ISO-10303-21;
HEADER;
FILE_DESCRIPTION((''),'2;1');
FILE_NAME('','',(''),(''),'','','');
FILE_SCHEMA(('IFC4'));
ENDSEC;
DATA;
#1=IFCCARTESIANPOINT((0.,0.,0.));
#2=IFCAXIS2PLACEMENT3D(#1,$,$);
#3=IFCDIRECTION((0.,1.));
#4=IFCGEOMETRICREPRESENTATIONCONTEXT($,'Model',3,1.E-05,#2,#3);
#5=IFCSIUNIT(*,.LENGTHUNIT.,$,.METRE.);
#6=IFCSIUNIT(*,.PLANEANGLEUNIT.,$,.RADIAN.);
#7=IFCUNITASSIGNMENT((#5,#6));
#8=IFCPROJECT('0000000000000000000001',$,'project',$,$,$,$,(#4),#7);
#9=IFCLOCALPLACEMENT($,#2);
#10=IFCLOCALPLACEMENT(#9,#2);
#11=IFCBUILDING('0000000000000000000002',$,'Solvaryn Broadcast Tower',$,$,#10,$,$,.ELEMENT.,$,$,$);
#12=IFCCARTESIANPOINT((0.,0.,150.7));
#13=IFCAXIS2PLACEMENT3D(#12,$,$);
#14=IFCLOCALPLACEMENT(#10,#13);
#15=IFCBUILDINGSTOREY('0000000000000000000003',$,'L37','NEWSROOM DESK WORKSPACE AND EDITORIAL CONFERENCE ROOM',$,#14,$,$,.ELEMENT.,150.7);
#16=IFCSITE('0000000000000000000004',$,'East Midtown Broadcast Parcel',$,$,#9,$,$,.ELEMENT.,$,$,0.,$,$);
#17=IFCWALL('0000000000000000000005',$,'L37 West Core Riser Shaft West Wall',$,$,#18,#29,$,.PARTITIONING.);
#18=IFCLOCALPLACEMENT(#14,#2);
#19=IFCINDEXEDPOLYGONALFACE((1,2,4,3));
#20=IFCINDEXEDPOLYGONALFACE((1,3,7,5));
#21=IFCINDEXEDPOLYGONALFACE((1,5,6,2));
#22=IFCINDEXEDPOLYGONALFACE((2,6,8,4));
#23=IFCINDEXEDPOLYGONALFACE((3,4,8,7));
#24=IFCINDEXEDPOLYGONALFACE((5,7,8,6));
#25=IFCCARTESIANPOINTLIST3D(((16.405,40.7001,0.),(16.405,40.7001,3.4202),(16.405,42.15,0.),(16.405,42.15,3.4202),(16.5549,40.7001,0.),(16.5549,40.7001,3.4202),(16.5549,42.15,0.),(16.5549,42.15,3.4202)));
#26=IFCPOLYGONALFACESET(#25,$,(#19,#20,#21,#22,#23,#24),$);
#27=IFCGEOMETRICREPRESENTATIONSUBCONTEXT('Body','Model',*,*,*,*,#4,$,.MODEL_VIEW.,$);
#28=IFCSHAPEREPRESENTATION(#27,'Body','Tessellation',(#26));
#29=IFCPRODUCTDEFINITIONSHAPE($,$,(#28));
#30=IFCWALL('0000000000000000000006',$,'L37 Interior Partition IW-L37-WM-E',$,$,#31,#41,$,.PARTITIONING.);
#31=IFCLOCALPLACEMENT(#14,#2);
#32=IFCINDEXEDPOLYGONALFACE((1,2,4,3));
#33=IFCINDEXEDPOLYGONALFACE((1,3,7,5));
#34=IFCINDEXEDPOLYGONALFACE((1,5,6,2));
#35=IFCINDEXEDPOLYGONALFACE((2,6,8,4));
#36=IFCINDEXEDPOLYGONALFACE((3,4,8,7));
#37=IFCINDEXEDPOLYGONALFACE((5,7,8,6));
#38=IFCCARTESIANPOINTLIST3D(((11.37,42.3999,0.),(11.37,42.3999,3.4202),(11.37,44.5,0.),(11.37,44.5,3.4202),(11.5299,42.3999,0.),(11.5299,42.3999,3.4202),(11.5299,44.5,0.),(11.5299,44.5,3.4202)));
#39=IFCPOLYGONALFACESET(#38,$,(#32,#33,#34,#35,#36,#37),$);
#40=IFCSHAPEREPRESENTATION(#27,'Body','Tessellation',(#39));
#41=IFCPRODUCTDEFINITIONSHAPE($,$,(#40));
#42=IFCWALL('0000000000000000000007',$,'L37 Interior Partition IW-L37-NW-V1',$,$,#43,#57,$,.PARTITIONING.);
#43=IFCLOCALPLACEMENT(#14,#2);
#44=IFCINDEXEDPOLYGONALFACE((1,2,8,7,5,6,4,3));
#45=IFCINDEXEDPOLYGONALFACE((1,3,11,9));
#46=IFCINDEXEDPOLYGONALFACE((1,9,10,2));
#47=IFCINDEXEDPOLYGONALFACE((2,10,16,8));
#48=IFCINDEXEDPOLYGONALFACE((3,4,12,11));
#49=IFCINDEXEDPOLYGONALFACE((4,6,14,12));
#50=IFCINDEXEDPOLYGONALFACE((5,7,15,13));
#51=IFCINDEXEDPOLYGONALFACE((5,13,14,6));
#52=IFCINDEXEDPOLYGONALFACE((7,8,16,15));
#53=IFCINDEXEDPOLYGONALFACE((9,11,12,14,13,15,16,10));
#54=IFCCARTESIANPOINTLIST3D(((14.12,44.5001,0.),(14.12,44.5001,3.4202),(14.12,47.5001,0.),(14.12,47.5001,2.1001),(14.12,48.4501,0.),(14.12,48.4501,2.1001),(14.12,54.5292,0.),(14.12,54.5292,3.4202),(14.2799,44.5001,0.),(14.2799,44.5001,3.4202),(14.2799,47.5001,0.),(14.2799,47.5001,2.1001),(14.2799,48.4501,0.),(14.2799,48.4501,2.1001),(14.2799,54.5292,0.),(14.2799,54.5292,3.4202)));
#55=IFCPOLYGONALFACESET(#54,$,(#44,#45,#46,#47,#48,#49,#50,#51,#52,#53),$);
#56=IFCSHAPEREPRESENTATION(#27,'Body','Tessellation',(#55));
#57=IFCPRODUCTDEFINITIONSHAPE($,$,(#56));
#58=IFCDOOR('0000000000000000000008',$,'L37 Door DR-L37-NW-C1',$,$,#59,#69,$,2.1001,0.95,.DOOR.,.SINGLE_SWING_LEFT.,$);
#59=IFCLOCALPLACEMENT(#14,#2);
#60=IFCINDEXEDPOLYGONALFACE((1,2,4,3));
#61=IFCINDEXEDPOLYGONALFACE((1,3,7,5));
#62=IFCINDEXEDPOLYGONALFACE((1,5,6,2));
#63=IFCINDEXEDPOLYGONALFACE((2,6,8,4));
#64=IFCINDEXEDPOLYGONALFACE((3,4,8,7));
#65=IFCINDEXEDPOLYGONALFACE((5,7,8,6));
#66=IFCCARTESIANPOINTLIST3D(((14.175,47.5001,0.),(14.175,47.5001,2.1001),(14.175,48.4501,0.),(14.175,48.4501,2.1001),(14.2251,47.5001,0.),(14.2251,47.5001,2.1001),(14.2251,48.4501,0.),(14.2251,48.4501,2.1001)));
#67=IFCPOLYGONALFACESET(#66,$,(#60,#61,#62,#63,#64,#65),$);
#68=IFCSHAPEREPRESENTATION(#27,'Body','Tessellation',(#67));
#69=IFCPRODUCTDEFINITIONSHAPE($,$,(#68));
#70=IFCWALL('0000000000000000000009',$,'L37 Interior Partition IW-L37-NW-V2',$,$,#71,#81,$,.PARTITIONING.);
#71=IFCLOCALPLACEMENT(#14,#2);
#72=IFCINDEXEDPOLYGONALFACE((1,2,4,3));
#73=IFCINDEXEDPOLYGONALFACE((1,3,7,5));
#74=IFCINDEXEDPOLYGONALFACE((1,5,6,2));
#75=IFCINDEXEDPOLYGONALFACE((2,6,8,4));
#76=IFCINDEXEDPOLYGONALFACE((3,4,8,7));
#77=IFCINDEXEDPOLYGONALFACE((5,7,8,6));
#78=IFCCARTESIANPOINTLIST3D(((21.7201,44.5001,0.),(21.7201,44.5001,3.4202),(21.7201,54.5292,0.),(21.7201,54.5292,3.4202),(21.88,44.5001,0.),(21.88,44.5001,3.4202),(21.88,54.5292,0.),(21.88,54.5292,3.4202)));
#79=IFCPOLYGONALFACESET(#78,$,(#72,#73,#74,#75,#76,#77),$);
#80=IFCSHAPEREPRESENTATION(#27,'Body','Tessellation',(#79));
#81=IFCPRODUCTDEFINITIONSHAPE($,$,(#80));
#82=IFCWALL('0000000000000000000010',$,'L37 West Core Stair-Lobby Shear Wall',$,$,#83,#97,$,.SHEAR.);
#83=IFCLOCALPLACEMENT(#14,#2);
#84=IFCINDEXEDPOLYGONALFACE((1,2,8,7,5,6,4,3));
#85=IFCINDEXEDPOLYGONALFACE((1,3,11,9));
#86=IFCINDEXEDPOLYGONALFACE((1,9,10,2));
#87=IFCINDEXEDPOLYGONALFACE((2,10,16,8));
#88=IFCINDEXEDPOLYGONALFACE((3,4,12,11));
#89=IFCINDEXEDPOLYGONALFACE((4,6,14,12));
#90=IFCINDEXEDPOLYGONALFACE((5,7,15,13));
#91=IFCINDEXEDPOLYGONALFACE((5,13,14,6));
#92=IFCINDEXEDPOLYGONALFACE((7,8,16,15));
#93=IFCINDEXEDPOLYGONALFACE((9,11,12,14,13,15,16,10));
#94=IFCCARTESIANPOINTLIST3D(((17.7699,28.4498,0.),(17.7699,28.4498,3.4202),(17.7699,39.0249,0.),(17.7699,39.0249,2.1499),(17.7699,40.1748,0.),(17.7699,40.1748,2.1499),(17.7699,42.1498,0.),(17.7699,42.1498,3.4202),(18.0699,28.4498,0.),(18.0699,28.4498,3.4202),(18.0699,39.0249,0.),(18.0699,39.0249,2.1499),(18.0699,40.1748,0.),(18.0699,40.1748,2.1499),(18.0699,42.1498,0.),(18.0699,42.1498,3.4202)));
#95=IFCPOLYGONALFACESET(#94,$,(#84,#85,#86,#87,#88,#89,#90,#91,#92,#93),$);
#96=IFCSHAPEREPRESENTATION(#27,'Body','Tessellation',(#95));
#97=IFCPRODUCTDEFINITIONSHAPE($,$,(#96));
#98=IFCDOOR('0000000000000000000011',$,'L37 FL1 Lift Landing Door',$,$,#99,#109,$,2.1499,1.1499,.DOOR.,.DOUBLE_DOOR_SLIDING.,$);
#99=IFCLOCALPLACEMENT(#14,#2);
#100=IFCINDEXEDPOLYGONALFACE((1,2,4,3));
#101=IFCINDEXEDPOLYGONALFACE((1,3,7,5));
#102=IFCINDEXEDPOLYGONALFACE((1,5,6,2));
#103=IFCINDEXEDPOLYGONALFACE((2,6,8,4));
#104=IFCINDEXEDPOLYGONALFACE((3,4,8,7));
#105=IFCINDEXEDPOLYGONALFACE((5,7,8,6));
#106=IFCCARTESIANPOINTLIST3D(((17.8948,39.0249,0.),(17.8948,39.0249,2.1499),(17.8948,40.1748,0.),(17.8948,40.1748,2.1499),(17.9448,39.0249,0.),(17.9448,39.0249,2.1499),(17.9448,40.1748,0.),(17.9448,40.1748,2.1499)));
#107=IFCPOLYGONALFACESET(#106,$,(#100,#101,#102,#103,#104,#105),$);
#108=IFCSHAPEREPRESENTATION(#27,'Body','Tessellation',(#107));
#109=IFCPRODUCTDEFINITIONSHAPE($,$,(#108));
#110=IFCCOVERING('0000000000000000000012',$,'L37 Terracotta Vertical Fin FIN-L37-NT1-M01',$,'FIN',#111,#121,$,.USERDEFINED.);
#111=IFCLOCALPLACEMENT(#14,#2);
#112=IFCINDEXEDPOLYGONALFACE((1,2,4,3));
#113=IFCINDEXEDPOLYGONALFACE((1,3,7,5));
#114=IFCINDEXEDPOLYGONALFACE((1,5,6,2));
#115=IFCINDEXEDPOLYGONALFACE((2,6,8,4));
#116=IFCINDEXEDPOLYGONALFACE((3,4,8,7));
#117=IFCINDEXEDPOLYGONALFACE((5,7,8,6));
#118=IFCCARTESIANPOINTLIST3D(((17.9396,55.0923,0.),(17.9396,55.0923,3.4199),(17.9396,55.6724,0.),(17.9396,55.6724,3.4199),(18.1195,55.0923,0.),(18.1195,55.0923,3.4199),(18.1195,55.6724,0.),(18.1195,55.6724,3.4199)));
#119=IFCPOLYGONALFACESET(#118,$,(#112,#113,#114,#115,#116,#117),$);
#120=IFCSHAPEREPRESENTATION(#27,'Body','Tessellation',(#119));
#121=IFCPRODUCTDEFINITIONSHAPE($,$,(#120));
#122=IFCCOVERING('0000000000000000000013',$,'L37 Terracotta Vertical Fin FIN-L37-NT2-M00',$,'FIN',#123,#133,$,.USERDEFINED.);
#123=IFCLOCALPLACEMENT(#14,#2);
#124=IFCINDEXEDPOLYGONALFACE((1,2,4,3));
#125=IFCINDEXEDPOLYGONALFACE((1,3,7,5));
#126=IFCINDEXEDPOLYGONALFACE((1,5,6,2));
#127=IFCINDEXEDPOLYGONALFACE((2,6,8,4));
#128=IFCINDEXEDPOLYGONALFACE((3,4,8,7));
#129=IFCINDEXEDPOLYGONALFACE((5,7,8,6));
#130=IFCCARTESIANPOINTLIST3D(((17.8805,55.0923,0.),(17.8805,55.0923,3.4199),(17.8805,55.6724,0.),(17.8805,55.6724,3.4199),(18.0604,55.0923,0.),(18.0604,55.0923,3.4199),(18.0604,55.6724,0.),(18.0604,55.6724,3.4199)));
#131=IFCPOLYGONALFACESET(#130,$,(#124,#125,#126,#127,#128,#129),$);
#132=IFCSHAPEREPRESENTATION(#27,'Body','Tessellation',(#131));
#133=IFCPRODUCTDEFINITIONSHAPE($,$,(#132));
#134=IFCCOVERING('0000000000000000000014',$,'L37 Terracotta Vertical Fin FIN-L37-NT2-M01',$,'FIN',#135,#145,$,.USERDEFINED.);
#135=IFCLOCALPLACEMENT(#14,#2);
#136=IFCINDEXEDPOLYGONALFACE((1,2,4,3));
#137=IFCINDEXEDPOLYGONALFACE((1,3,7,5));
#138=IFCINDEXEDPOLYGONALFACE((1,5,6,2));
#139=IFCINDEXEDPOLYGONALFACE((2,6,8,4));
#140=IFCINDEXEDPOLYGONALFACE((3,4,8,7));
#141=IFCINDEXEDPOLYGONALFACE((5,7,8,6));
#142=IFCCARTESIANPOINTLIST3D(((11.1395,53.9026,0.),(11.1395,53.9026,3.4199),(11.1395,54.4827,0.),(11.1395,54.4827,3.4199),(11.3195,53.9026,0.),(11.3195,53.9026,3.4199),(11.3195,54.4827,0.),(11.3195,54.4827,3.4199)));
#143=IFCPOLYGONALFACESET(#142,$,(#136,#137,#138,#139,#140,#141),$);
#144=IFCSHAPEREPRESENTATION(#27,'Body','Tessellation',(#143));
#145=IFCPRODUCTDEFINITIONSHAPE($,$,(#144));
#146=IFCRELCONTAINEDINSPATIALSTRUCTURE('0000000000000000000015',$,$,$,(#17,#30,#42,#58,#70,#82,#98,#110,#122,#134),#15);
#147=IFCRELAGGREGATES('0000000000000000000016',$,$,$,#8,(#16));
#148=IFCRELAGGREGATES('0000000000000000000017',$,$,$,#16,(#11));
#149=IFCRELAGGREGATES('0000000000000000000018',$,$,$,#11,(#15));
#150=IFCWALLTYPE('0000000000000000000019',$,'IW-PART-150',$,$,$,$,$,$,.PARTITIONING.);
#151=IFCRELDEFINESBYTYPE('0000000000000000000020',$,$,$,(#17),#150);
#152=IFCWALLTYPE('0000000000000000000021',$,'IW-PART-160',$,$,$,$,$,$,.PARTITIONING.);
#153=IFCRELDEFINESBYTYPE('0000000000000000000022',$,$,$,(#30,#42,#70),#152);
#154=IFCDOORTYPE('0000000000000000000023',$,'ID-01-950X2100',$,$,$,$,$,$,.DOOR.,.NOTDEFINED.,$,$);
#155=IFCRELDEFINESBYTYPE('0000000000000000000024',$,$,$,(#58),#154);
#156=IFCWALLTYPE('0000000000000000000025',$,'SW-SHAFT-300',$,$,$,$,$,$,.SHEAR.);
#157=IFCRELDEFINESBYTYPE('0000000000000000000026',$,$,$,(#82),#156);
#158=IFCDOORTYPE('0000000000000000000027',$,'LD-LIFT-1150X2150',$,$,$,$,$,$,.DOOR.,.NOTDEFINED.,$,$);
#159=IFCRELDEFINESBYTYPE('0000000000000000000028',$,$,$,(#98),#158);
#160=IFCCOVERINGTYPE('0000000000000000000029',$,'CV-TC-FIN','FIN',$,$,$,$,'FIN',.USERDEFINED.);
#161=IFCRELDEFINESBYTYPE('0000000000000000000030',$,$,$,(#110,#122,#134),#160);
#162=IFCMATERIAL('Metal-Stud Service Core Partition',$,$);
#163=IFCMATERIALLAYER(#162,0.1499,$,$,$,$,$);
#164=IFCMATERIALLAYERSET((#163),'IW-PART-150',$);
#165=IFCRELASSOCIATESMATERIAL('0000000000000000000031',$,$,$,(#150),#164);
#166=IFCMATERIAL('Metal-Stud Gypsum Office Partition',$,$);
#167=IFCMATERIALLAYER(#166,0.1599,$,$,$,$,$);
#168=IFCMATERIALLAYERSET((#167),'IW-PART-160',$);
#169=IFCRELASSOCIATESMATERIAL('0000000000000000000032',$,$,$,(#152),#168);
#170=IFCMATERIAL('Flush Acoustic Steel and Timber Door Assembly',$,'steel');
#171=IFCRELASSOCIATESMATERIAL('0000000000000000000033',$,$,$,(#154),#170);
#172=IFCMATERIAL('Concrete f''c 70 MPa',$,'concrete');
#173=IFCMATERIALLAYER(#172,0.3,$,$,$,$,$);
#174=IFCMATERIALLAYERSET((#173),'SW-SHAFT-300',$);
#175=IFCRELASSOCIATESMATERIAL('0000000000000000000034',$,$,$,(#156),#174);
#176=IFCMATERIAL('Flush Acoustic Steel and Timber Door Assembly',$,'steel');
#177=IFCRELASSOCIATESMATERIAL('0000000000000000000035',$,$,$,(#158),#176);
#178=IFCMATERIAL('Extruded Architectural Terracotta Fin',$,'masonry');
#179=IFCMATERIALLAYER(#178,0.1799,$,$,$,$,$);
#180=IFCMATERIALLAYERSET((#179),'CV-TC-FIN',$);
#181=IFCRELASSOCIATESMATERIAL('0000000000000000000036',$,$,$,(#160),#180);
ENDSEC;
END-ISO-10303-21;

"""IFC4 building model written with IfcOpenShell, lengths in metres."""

from ifc_helpers import new_model, si_unit, direction, frame, frame_2d, origin, origin_2d, place, context, subcontext, project, spatial, rectangle, extrude, material, layer, layer_set, type_object, element, fill, save


model = new_model("IFC4")

# Units and contexts
model_context = context("Model", 3, precision=1e-05, world=origin(), true_north=direction((0.0, 1.0)))
body_context = subcontext(model_context, "Body", "Model", "MODEL_VIEW")
ifc_project = project(units=[si_unit("LENGTHUNIT", "METRE"), si_unit("PLANEANGLEUNIT", "RADIAN")], contexts=[model_context])

# Site, building, storey
site_placement = place(None, origin())
site = spatial("IfcSite", under=ifc_project, at=site_placement, Name="East Midtown Broadcast Parcel", CompositionType="ELEMENT", RefElevation=0.0)
building_placement = place(site_placement, origin())
building = spatial("IfcBuilding", under=site, at=building_placement, Name="Solvaryn Broadcast Tower", CompositionType="ELEMENT")
storey_placement = place(building_placement, frame((0.0, 0.0, 150.7)))
storey = spatial("IfcBuildingStorey", under=building, at=storey_placement, Name="L37", Description="NEWSROOM DESK WORKSPACE AND EDITORIAL CONFERENCE ROOM", CompositionType="ELEMENT", Elevation=150.7)

# Walls
ifc_material_1 = material(Name="Metal-Stud Service Core Partition")
ifc_layer_1 = layer(ifc_material_1, 0.1499)
ifc_layer_set_1 = layer_set([ifc_layer_1], Name="IW-PART-150")
wall_type_1 = type_object("IfcWallType", Name="IW-PART-150", PredefinedType="PARTITIONING", material=ifc_layer_set_1)
wall_1_placement = place(storey_placement, frame((16.48, 40.7, 0.0), z_axis=(0.0, 0.0, 1.0), x_axis=(0.0, 1.0, 0.0)))
element("IfcWall", 1, at=wall_1_placement, inside=storey, type_object=wall_type_1, Name="L37 West Core Riser Shaft West Wall", PredefinedType="PARTITIONING", context=body_context, shape_type="SweptSolid", body=[
    extrude(rectangle(XDim=1.45, YDim=0.1499, at=frame_2d((0.7251, 0.0))), origin(), (0.0, 0.0, 1.0), 3.4202),
])
ifc_material_2 = material(Name="Metal-Stud Gypsum Office Partition")
ifc_layer_2 = layer(ifc_material_2, 0.1599)
ifc_layer_set_2 = layer_set([ifc_layer_2], Name="IW-PART-160")
wall_type_2 = type_object("IfcWallType", Name="IW-PART-160", PredefinedType="PARTITIONING", material=ifc_layer_set_2)
wall_2_placement = place(storey_placement, frame((11.45, 42.3999, 0.0), z_axis=(0.0, 0.0, 1.0), x_axis=(0.0, 1.0, 0.0)))
element("IfcWall", 2, at=wall_2_placement, inside=storey, type_object=wall_type_2, Name="L37 Interior Partition IW-L37-WM-E", PredefinedType="PARTITIONING", context=body_context, shape_type="SweptSolid", body=[
    extrude(rectangle(XDim=2.1001, YDim=0.1599, at=frame_2d((1.05, 0.0))), origin(), (0.0, 0.0, 1.0), 3.4202),
])

# Wall, opening, door
wall_3_placement = place(storey_placement, frame((14.2, 44.5, 0.0), z_axis=(0.0, 0.0, 1.0), x_axis=(0.0, 1.0, 0.0)))
wall_3 = element("IfcWall", 3, at=wall_3_placement, inside=storey, type_object=wall_type_2, Name="L37 Interior Partition IW-L37-NW-V1", PredefinedType="PARTITIONING", context=body_context, shape_type="SweptSolid", body=[
    extrude(rectangle(XDim=10.0291, YDim=0.1599, at=frame_2d((5.0146, 0.0))), origin(), (0.0, 0.0, 1.0), 3.4202),
])
opening_1_placement = place(wall_3_placement, frame((3.0, 0.0, 0.0)))
opening_1 = element("IfcOpeningElement", 4, at=opening_1_placement, cuts=wall_3, PredefinedType="OPENING", context=body_context, shape_type="SweptSolid", body=[
    extrude(rectangle(XDim=0.95, YDim=2.1001, at=frame_2d((0.4751, 1.05))), frame((0.0, 0.0901, 0.0), z_axis=(0.0, -1.0, 0.0), x_axis=(1.0, 0.0, 0.0)), (0.0, 0.0, 1.0), 0.1799),
])
ifc_material_3 = material(Name="Flush Acoustic Steel and Timber Door Assembly", Category="steel")
door_type_1 = type_object("IfcDoorType", Name="ID-01-950X2100", OperationType="NOTDEFINED", PredefinedType="DOOR", material=ifc_material_3)
door_1_placement = place(opening_1_placement, origin())
door_1 = element("IfcDoor", 5, at=door_1_placement, inside=storey, type_object=door_type_1, Name="L37 Door DR-L37-NW-C1", OperationType="SINGLE_SWING_LEFT", OverallHeight=2.1001, OverallWidth=0.95, PredefinedType="DOOR", context=body_context, shape_type="SweptSolid", body=[
    extrude(rectangle(XDim=0.95, YDim=2.1001, at=frame_2d((0.4751, 1.05))), frame((0.0, 0.0249, 0.0), z_axis=(0.0, -1.0, 0.0), x_axis=(1.0, 0.0, 0.0)), (0.0, 0.0, 1.0), 0.05),
])
fill(opening_1, door_1)

# Wall
wall_4_placement = place(storey_placement, frame((21.8, 44.5, 0.0), z_axis=(0.0, 0.0, 1.0), x_axis=(0.0, 1.0, 0.0)))
element("IfcWall", 6, at=wall_4_placement, inside=storey, type_object=wall_type_2, Name="L37 Interior Partition IW-L37-NW-V2", PredefinedType="PARTITIONING", context=body_context, shape_type="SweptSolid", body=[
    extrude(rectangle(XDim=10.0291, YDim=0.1599, at=frame_2d((5.0146, 0.0))), origin(), (0.0, 0.0, 1.0), 3.4202),
])

# Wall, opening, door
ifc_material_4 = material(Name="Concrete f'c 70 MPa", Category="concrete")
ifc_layer_3 = layer(ifc_material_4, 0.3)
ifc_layer_set_3 = layer_set([ifc_layer_3], Name="SW-SHAFT-300")
wall_type_3 = type_object("IfcWallType", Name="SW-SHAFT-300", PredefinedType="SHEAR", material=ifc_layer_set_3)
wall_5_placement = place(storey_placement, frame((17.9199, 42.1499, 0.0), z_axis=(0.0, 0.0, 1.0), x_axis=(0.0, -1.0, 0.0)))
wall_5 = element("IfcWall", 7, at=wall_5_placement, inside=storey, type_object=wall_type_3, Name="L37 West Core Stair-Lobby Shear Wall", PredefinedType="SHEAR", context=body_context, shape_type="SweptSolid", body=[
    extrude(rectangle(XDim=13.7, YDim=0.3, at=frame_2d((6.8501, 0.0))), origin(), (0.0, 0.0, 1.0), 3.4202),
])
opening_2_placement = place(wall_5_placement, frame((1.9751, 0.0, 0.0)))
opening_2 = element("IfcOpeningElement", 8, at=opening_2_placement, cuts=wall_5, PredefinedType="OPENING", context=body_context, shape_type="SweptSolid", body=[
    extrude(rectangle(XDim=1.1499, YDim=2.1499, at=frame_2d((0.575, 1.075))), frame((0.0, 0.1599, 0.0), z_axis=(0.0, -1.0, 0.0), x_axis=(1.0, 0.0, 0.0)), (0.0, 0.0, 1.0), 0.3201),
])
ifc_material_5 = material(Name="Flush Acoustic Steel and Timber Door Assembly", Category="steel")
door_type_2 = type_object("IfcDoorType", Name="LD-LIFT-1150X2150", OperationType="NOTDEFINED", PredefinedType="DOOR", material=ifc_material_5)
door_2_placement = place(opening_2_placement, origin())
door_2 = element("IfcDoor", 9, at=door_2_placement, inside=storey, type_object=door_type_2, Name="L37 FL1 Lift Landing Door", OperationType="DOUBLE_DOOR_SLIDING", OverallHeight=2.1499, OverallWidth=1.1499, PredefinedType="DOOR", context=body_context, shape_type="SweptSolid", body=[
    extrude(rectangle(XDim=1.1499, YDim=2.1499, at=frame_2d((0.575, 1.075))), frame((0.0, 0.0249, 0.0), z_axis=(0.0, -1.0, 0.0), x_axis=(1.0, 0.0, 0.0)), (0.0, 0.0, 1.0), 0.05),
])
fill(opening_2, door_2)

# Coverings
ifc_material_6 = material(Name="Extruded Architectural Terracotta Fin", Category="masonry")
ifc_layer_4 = layer(ifc_material_6, 0.1799)
ifc_layer_set_4 = layer_set([ifc_layer_4], Name="CV-TC-FIN")
covering_type = type_object("IfcCoveringType", Name="CV-TC-FIN", Description="FIN", ElementType="FIN", PredefinedType="USERDEFINED", material=ifc_layer_set_4)
for number, where, z_axis, x_axis, name in (
    (10, (18.0295, 55.3823, 0.0), (0.0, 0.0, 1.0), (1.0, 0.0, 0.0), "L37 Terracotta Vertical Fin FIN-L37-NT1-M01"),
    (11, (17.9705, 55.3823, 0.0), (0.0, 0.0, 1.0), (1.0, 0.0, 0.0), "L37 Terracotta Vertical Fin FIN-L37-NT2-M00"),
    (12, (11.2295, 54.1926, 0.0), (0.0, 0.0, 1.0), (1.0, 0.0, 0.0), "L37 Terracotta Vertical Fin FIN-L37-NT2-M01"),
):
    element("IfcCovering", number, at=place(storey_placement, frame(where, z_axis=z_axis, x_axis=x_axis)), inside=storey, type_object=covering_type, Name=name, ObjectType="FIN", PredefinedType="USERDEFINED", context=body_context, shape_type="SweptSolid", body=[
        extrude(rectangle(XDim=0.1799, YDim=0.5801, at=origin_2d()), origin(), (0.0, 0.0, 1.0), 3.4199),
    ])

save(model, "model.ifc")
